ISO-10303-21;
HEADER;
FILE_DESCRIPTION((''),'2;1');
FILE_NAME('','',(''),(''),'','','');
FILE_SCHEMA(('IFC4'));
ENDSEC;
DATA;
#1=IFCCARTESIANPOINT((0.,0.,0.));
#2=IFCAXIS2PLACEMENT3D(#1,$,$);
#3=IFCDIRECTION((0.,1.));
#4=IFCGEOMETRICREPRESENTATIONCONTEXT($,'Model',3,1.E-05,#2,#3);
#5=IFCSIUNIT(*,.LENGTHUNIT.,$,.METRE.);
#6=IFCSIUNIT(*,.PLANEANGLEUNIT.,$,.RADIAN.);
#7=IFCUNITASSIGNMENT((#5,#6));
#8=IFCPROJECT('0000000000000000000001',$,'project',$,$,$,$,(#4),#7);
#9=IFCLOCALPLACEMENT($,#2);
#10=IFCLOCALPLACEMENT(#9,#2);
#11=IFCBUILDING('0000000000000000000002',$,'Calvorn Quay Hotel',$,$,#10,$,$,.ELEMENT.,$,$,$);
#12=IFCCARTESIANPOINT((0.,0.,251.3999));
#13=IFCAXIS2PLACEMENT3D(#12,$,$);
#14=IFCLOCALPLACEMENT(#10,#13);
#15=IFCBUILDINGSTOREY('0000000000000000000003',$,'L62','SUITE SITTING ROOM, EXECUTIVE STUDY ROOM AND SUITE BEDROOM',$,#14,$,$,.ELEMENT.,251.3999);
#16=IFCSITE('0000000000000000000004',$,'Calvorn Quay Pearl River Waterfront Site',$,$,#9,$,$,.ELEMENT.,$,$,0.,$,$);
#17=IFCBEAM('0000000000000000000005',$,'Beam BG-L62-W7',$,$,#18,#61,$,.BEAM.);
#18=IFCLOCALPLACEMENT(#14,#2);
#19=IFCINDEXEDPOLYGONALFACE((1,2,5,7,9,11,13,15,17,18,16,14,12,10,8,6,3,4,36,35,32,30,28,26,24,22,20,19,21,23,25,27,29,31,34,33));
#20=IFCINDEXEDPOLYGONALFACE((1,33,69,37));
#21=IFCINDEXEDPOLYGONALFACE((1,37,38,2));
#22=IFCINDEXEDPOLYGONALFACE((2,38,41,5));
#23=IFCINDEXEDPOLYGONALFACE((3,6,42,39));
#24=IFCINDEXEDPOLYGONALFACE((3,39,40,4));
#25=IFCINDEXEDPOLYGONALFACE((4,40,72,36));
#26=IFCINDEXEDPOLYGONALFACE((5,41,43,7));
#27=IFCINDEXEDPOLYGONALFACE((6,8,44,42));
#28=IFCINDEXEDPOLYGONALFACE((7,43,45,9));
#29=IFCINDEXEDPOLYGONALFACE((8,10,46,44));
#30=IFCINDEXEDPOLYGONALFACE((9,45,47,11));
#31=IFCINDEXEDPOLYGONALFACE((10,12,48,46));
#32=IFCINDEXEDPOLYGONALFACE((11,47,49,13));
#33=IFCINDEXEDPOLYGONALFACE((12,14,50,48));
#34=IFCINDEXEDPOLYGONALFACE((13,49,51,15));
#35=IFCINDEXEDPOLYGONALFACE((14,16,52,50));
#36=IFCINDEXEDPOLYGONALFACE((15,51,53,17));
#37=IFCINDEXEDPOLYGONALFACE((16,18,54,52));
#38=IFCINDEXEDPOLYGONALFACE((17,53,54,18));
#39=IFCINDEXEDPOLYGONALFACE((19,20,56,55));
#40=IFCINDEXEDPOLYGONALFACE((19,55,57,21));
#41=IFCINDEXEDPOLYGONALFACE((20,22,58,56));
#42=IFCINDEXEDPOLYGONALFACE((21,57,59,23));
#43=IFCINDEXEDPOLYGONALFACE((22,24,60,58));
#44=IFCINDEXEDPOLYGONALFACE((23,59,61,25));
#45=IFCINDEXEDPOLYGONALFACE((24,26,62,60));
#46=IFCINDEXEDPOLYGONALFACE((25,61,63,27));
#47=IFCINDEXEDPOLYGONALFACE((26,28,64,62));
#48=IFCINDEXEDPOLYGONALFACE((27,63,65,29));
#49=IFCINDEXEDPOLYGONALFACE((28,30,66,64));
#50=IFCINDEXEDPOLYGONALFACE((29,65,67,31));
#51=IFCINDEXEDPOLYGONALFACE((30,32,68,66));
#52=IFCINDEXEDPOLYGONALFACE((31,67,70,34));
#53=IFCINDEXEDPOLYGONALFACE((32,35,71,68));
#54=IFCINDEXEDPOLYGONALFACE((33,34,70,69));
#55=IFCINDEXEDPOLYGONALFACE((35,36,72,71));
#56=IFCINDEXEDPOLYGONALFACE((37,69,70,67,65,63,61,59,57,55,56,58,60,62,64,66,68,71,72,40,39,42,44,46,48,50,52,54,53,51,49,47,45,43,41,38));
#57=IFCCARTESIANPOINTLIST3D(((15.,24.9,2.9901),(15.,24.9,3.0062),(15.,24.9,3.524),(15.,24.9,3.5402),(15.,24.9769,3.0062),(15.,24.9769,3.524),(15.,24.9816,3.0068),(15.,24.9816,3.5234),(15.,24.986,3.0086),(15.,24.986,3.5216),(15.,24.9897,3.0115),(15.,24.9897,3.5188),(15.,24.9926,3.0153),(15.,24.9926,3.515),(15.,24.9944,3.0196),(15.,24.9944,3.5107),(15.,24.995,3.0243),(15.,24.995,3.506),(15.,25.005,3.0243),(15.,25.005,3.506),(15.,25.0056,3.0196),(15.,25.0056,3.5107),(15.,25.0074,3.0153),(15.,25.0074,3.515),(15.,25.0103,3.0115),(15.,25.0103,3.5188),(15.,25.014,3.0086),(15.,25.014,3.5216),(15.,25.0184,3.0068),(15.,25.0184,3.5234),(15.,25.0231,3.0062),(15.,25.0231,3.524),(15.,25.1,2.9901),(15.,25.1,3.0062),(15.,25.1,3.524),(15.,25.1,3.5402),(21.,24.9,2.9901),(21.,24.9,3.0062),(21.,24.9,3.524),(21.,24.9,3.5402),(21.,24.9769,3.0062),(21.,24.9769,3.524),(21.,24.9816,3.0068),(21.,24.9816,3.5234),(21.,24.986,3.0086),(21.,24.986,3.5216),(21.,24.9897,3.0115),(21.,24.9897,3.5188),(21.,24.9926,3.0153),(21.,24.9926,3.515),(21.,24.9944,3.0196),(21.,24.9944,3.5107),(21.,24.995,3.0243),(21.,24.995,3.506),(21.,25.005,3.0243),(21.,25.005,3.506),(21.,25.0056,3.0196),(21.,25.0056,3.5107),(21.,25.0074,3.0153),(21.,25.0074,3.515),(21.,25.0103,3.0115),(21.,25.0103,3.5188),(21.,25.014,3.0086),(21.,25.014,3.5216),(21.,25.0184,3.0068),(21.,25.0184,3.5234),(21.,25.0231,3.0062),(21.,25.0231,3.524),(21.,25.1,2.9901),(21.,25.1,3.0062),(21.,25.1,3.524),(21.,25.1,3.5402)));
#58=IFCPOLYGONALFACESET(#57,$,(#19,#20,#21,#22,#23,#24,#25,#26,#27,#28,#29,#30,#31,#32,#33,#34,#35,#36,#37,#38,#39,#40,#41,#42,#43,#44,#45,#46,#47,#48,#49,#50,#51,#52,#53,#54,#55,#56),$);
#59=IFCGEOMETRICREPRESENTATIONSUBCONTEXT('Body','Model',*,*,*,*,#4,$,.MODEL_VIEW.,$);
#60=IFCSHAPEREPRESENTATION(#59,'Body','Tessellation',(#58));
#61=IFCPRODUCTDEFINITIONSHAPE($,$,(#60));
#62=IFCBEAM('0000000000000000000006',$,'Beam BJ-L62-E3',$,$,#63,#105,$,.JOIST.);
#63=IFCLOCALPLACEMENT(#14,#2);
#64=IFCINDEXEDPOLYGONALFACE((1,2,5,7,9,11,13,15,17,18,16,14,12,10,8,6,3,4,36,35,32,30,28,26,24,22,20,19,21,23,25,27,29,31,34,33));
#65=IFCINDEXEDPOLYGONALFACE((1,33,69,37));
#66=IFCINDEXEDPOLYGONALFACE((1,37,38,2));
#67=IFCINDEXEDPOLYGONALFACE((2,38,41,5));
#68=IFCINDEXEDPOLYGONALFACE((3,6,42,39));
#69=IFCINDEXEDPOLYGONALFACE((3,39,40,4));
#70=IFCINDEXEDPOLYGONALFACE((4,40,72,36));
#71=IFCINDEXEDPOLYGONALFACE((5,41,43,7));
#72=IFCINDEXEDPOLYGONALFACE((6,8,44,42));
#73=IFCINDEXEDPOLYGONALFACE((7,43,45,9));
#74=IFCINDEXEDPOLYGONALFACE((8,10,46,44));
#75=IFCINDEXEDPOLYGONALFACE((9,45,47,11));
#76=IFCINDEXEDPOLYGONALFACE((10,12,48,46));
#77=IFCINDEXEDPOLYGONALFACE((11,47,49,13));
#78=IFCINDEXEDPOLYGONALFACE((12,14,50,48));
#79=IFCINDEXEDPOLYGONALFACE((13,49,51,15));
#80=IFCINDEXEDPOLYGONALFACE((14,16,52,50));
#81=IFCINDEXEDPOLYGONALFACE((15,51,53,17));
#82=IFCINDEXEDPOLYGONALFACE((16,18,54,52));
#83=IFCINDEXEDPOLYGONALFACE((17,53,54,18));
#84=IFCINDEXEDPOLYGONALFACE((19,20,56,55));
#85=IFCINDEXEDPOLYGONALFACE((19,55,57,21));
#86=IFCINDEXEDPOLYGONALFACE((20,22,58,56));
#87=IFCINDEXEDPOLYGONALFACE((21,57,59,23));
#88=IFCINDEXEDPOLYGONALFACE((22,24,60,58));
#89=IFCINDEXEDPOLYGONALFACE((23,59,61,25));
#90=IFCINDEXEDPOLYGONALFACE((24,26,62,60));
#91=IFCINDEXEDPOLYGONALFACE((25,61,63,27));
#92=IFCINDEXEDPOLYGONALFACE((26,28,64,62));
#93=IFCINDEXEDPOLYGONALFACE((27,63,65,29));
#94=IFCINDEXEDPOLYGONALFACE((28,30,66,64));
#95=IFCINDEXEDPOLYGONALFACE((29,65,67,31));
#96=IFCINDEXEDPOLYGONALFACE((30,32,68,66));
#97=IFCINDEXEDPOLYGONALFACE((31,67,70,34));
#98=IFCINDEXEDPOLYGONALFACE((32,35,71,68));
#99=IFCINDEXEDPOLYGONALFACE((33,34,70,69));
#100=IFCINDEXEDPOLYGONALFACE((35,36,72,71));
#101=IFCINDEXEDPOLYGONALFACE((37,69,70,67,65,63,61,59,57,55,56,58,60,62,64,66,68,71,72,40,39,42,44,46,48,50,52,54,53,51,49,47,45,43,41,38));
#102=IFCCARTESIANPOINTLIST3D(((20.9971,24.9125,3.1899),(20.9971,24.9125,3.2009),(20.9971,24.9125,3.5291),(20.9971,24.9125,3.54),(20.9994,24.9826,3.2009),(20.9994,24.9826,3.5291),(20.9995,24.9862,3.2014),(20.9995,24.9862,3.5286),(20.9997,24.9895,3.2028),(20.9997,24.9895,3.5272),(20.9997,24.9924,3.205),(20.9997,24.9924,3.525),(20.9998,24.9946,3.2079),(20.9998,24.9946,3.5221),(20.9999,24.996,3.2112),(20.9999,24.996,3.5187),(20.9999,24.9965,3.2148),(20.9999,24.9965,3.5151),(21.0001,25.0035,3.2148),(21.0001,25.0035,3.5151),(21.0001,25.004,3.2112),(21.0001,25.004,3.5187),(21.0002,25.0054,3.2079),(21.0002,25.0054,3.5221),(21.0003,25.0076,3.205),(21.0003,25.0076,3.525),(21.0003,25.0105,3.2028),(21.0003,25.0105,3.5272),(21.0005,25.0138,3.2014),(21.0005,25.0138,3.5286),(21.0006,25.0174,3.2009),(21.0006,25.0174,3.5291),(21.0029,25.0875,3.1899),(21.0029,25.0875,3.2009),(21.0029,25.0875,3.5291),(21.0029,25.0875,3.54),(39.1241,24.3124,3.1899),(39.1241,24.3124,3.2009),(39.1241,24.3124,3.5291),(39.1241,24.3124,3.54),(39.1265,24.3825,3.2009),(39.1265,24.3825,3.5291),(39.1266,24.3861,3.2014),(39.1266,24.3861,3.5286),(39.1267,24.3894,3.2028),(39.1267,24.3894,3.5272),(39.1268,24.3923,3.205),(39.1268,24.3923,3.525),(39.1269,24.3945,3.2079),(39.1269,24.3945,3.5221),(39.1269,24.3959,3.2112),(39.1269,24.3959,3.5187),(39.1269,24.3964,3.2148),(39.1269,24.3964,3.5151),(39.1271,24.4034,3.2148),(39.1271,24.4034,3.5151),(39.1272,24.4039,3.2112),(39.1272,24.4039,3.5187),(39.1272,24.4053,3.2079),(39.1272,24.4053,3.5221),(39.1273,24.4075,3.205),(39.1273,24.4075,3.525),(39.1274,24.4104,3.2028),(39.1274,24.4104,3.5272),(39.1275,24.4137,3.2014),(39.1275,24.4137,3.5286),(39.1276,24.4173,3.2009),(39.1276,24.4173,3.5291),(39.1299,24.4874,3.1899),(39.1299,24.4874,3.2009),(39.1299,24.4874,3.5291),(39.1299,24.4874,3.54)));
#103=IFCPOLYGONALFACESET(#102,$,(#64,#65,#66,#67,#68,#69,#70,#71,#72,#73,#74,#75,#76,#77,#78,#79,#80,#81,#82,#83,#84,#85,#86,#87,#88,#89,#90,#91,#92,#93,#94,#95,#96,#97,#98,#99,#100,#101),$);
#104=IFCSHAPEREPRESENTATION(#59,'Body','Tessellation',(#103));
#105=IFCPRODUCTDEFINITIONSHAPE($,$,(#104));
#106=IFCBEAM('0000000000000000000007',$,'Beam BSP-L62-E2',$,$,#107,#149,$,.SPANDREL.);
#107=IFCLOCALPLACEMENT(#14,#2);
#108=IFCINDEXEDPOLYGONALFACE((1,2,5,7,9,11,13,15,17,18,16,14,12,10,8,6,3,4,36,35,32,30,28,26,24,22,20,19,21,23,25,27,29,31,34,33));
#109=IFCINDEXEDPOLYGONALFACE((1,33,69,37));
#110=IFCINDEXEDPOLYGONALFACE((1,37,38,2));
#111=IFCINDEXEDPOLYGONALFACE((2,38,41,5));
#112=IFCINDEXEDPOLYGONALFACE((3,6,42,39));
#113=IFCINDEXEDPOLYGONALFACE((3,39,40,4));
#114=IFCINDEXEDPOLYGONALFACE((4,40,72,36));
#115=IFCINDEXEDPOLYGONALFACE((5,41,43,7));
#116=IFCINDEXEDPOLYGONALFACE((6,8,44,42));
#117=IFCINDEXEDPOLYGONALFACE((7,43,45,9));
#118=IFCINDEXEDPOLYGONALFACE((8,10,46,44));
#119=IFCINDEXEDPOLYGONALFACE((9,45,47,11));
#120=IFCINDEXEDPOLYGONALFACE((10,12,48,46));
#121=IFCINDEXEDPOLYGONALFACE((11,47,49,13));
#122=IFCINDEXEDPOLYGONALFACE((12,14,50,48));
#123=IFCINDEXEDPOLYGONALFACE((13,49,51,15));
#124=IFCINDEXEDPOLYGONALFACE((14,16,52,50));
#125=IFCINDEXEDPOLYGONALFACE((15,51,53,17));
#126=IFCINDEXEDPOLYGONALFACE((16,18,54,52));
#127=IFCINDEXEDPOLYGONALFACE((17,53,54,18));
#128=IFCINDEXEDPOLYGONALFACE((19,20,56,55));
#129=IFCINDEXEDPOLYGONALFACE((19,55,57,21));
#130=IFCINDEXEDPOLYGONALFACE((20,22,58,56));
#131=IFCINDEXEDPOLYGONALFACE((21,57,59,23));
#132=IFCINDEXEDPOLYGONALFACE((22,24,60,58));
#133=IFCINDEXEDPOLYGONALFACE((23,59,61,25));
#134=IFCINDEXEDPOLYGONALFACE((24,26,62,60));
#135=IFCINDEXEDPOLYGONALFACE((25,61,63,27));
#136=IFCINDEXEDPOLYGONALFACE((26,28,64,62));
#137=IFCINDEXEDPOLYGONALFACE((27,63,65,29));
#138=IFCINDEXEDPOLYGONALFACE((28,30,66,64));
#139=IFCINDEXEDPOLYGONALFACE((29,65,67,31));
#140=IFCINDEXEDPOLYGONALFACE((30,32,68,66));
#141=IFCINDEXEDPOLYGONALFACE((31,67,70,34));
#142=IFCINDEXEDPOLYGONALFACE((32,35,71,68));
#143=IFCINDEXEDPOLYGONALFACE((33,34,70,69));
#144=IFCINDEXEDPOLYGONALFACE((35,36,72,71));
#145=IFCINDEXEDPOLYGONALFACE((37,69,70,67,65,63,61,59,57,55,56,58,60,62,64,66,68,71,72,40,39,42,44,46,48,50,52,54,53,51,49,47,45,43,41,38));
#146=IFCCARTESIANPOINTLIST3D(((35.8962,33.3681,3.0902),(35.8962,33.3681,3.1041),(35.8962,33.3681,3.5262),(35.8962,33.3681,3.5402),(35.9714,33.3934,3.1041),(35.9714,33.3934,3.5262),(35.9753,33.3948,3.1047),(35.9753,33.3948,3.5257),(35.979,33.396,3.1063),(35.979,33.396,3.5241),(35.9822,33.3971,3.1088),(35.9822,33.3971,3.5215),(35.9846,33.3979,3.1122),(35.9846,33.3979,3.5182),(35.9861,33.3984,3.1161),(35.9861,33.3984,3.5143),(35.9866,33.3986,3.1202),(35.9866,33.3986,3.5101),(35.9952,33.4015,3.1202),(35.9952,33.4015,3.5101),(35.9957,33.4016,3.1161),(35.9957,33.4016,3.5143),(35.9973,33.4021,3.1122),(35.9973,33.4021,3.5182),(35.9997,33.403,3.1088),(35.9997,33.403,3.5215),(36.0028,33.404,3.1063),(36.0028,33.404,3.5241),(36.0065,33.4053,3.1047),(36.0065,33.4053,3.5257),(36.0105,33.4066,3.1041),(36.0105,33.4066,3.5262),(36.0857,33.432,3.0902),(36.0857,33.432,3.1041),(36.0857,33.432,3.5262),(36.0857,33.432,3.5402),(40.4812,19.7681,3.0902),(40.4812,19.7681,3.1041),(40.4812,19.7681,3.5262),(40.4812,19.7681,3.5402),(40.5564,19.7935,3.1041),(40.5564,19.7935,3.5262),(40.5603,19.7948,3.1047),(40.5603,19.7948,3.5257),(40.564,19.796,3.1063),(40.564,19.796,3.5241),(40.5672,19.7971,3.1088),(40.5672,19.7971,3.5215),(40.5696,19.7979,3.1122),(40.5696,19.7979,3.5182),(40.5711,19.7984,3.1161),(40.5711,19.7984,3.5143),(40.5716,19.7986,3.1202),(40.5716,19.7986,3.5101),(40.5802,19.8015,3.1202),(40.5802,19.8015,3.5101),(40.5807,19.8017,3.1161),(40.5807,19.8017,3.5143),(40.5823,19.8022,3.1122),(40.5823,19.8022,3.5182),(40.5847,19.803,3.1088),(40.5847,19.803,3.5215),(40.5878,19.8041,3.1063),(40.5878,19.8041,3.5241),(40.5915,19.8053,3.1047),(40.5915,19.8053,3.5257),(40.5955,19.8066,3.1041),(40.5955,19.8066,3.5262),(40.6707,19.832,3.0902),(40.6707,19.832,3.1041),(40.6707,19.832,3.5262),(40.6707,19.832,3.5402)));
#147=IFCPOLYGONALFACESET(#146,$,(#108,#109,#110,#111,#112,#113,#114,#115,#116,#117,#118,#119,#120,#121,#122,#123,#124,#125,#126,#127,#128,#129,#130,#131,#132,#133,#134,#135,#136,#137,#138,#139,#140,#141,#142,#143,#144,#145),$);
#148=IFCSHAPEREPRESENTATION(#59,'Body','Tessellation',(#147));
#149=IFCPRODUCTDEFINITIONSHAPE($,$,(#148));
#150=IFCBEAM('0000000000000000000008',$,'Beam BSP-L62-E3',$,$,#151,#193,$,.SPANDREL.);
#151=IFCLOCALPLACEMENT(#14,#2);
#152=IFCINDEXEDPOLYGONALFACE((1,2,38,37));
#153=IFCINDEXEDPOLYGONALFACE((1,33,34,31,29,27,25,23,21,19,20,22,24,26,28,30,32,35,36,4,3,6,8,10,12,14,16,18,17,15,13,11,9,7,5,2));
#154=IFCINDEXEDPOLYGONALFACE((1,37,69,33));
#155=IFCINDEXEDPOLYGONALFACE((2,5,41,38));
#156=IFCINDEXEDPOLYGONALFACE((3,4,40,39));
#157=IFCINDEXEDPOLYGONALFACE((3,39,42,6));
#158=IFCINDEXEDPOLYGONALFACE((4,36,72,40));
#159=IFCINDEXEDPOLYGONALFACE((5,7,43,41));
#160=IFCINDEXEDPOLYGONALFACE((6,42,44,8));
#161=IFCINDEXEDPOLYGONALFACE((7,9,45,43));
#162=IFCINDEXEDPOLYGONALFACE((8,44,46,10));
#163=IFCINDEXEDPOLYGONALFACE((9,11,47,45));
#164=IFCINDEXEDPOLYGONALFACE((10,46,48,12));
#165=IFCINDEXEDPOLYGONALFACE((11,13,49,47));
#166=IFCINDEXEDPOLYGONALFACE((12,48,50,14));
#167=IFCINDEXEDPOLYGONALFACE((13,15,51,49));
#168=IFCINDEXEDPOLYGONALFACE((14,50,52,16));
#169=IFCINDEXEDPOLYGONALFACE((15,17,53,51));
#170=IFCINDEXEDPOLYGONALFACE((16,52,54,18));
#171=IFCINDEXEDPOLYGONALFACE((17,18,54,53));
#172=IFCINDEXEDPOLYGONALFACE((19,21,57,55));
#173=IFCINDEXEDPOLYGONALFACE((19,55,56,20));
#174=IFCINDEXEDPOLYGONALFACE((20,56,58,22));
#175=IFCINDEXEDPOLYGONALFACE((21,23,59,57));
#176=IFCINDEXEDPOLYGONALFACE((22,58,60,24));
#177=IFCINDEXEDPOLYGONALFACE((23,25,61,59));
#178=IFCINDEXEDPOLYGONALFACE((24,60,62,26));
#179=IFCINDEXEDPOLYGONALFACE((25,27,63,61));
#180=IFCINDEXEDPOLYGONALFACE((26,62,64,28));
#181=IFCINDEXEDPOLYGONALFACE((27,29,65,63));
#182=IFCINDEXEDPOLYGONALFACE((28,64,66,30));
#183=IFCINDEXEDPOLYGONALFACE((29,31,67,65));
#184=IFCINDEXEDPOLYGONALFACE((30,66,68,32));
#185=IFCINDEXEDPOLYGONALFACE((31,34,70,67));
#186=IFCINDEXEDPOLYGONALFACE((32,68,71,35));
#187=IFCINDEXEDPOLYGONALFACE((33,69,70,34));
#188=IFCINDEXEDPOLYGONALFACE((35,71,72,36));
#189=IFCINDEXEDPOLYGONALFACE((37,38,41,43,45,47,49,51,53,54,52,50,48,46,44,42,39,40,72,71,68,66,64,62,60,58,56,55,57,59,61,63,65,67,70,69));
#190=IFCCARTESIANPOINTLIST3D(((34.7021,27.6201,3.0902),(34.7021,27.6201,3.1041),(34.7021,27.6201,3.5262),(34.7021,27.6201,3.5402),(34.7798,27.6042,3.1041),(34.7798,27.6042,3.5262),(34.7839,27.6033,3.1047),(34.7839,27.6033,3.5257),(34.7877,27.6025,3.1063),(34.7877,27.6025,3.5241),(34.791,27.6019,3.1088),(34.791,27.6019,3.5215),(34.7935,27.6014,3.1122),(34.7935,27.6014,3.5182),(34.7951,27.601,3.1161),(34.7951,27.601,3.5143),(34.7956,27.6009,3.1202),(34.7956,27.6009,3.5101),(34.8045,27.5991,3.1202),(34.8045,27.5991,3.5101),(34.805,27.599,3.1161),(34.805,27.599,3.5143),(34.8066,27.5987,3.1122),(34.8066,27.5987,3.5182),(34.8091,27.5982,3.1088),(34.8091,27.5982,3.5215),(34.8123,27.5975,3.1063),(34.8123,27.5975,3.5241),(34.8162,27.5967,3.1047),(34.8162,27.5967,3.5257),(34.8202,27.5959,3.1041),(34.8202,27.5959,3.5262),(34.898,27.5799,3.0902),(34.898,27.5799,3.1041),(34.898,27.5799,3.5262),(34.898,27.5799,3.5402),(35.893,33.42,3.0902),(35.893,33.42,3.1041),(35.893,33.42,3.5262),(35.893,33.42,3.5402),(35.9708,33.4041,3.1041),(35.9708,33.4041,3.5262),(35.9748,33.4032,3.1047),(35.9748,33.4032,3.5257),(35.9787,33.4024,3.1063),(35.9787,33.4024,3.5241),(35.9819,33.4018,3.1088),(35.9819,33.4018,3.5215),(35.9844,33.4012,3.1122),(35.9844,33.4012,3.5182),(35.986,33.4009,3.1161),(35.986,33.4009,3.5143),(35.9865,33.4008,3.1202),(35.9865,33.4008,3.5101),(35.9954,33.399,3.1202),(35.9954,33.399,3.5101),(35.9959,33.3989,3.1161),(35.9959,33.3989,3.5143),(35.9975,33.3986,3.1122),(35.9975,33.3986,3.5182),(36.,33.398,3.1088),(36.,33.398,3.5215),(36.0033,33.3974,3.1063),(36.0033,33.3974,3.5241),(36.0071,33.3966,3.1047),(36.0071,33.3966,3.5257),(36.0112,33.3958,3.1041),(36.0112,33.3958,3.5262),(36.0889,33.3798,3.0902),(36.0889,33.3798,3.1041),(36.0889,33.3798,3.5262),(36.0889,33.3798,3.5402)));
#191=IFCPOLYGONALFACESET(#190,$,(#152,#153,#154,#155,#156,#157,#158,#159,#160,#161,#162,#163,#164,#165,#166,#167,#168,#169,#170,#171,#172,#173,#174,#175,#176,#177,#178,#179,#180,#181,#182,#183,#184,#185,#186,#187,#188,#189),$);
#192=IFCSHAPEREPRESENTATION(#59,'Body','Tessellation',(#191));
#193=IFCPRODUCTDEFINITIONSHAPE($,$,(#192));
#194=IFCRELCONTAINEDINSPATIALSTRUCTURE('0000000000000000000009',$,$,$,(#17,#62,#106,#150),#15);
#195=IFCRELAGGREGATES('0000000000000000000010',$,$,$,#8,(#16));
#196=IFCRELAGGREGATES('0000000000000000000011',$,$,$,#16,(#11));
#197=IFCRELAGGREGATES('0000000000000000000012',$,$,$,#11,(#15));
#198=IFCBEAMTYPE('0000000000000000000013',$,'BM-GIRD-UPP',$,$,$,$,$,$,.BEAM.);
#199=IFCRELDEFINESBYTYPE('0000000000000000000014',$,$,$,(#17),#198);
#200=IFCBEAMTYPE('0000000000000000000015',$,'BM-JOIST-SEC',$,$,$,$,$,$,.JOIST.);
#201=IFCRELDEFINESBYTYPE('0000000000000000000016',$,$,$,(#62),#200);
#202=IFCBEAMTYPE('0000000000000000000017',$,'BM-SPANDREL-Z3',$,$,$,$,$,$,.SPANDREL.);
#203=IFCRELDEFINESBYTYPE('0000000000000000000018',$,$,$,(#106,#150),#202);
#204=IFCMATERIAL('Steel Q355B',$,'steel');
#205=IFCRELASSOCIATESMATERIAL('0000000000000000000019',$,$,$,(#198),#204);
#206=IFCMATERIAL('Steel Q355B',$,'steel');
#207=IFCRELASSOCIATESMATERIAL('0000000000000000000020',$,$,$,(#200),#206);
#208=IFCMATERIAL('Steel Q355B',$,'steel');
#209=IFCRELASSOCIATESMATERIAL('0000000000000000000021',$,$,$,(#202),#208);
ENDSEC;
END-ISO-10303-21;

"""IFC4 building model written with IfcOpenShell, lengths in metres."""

from ifc_helpers import new_model, si_unit, direction, frame, origin, origin_2d, place, context, subcontext, project, spatial, i_section, extrude, material, material_profile, profile_set, type_object, element, save


model = new_model("IFC4")

# Units and contexts
model_context = context("Model", 3, precision=1e-05, world=origin(), true_north=direction((0.0, 1.0)))
body_context = subcontext(model_context, "Body", "Model", "MODEL_VIEW")
ifc_project = project(units=[si_unit("LENGTHUNIT", "METRE"), si_unit("PLANEANGLEUNIT", "RADIAN")], contexts=[model_context])

# Site, building, storey
site_placement = place(None, origin())
site = spatial("IfcSite", under=ifc_project, at=site_placement, Name="Calvorn Quay Pearl River Waterfront Site", CompositionType="ELEMENT", RefElevation=0.0)
building_placement = place(site_placement, origin())
building = spatial("IfcBuilding", under=site, at=building_placement, Name="Calvorn Quay Hotel", CompositionType="ELEMENT")
storey_placement = place(building_placement, frame((0.0, 0.0, 251.3999)))
storey = spatial("IfcBuildingStorey", under=building, at=storey_placement, Name="L62", Description="SUITE SITTING ROOM, EXECUTIVE STUDY ROOM AND SUITE BEDROOM", CompositionType="ELEMENT", Elevation=251.3999)

# Beams
ifc_material_1 = material(Name="Steel Q355B", Category="steel")
ifc_material_profile_1 = material_profile(ifc_material_1, i_section(OverallWidth=0.2, OverallDepth=0.55, WebThickness=0.01, FlangeThickness=0.0161, FilletRadius=0.0181, at=origin_2d()), Name="HN550x200x10x16")
ifc_profile_set_1 = profile_set([ifc_material_profile_1], Name="Steel Q355B")
beam_type_1 = type_object("IfcBeamType", Name="BM-GIRD-UPP", PredefinedType="BEAM", material=ifc_profile_set_1)
beam_1_placement = place(storey_placement, frame((21.0, 25.0, 3.2651), z_axis=(-1.0, 0.0, 0.0), x_axis=(0.0, -1.0, 0.0)))
element("IfcBeam", 1, at=beam_1_placement, inside=storey, type_object=beam_type_1, Name="Beam BG-L62-W7", PredefinedType="BEAM", context=body_context, shape_type="SweptSolid", body=[
    extrude(i_section(OverallWidth=0.2, OverallDepth=0.55, WebThickness=0.01, FlangeThickness=0.0161, FilletRadius=0.0181, at=origin_2d()), origin(), (0.0, 0.0, 1.0), 6.0),
])
ifc_material_2 = material(Name="Steel Q355B", Category="steel")
ifc_material_profile_2 = material_profile(ifc_material_2, i_section(OverallWidth=0.175, OverallDepth=0.3501, WebThickness=0.0071, FlangeThickness=0.011, FilletRadius=0.0139, at=origin_2d()), Name="HN350x175x7x11")
ifc_profile_set_2 = profile_set([ifc_material_profile_2], Name="Steel Q355B")
beam_type_2 = type_object("IfcBeamType", Name="BM-JOIST-SEC", PredefinedType="JOIST", material=ifc_profile_set_2)
beam_2_placement = place(storey_placement, frame((21.0, 25.0, 3.365), z_axis=(0.999452, -0.033087, 0.0), x_axis=(0.033087, 0.999452, 0.0)))
element("IfcBeam", 2, at=beam_2_placement, inside=storey, type_object=beam_type_2, Name="Beam BJ-L62-E3", PredefinedType="JOIST", context=body_context, shape_type="SweptSolid", body=[
    extrude(i_section(OverallWidth=0.175, OverallDepth=0.3501, WebThickness=0.0071, FlangeThickness=0.011, FilletRadius=0.0139, at=origin_2d()), origin(), (0.0, 0.0, 1.0), 18.137),
])
ifc_material_3 = material(Name="Steel Q355B", Category="steel")
ifc_material_profile_3 = material_profile(ifc_material_3, i_section(OverallWidth=0.2, OverallDepth=0.45, WebThickness=0.009, FlangeThickness=0.0139, FilletRadius=0.0161, at=origin_2d()), Name="HN450x200x9x14")
ifc_profile_set_3 = profile_set([ifc_material_profile_3], Name="Steel Q355B")
beam_type_3 = type_object("IfcBeamType", Name="BM-SPANDREL-Z3", PredefinedType="SPANDREL", material=ifc_profile_set_3)
beam_3_placement = place(storey_placement, frame((40.5759, 19.8, 3.3152), z_axis=(-0.319467, 0.947598, 0.0), x_axis=(-0.947598, -0.319467, 0.0)))
element("IfcBeam", 3, at=beam_3_placement, inside=storey, type_object=beam_type_3, Name="Beam BSP-L62-E2", PredefinedType="SPANDREL", context=body_context, shape_type="SweptSolid", body=[
    extrude(i_section(OverallWidth=0.2, OverallDepth=0.45, WebThickness=0.009, FlangeThickness=0.0139, FilletRadius=0.0161, at=origin_2d()), origin(), (0.0, 0.0, 1.0), 14.3521),
])
beam_4_placement = place(storey_placement, frame((35.991, 33.3999, 3.3152), z_axis=(-0.201141, -0.979562, 0.0), x_axis=(0.979562, -0.201141, 0.0)))
element("IfcBeam", 4, at=beam_4_placement, inside=storey, type_object=beam_type_3, Name="Beam BSP-L62-E3", PredefinedType="SPANDREL", context=body_context, shape_type="SweptSolid", body=[
    extrude(i_section(OverallWidth=0.2, OverallDepth=0.45, WebThickness=0.009, FlangeThickness=0.0139, FilletRadius=0.0161, at=origin_2d()), origin(), (0.0, 0.0, 1.0), 5.9209),
])

save(model, "model.ifc")
